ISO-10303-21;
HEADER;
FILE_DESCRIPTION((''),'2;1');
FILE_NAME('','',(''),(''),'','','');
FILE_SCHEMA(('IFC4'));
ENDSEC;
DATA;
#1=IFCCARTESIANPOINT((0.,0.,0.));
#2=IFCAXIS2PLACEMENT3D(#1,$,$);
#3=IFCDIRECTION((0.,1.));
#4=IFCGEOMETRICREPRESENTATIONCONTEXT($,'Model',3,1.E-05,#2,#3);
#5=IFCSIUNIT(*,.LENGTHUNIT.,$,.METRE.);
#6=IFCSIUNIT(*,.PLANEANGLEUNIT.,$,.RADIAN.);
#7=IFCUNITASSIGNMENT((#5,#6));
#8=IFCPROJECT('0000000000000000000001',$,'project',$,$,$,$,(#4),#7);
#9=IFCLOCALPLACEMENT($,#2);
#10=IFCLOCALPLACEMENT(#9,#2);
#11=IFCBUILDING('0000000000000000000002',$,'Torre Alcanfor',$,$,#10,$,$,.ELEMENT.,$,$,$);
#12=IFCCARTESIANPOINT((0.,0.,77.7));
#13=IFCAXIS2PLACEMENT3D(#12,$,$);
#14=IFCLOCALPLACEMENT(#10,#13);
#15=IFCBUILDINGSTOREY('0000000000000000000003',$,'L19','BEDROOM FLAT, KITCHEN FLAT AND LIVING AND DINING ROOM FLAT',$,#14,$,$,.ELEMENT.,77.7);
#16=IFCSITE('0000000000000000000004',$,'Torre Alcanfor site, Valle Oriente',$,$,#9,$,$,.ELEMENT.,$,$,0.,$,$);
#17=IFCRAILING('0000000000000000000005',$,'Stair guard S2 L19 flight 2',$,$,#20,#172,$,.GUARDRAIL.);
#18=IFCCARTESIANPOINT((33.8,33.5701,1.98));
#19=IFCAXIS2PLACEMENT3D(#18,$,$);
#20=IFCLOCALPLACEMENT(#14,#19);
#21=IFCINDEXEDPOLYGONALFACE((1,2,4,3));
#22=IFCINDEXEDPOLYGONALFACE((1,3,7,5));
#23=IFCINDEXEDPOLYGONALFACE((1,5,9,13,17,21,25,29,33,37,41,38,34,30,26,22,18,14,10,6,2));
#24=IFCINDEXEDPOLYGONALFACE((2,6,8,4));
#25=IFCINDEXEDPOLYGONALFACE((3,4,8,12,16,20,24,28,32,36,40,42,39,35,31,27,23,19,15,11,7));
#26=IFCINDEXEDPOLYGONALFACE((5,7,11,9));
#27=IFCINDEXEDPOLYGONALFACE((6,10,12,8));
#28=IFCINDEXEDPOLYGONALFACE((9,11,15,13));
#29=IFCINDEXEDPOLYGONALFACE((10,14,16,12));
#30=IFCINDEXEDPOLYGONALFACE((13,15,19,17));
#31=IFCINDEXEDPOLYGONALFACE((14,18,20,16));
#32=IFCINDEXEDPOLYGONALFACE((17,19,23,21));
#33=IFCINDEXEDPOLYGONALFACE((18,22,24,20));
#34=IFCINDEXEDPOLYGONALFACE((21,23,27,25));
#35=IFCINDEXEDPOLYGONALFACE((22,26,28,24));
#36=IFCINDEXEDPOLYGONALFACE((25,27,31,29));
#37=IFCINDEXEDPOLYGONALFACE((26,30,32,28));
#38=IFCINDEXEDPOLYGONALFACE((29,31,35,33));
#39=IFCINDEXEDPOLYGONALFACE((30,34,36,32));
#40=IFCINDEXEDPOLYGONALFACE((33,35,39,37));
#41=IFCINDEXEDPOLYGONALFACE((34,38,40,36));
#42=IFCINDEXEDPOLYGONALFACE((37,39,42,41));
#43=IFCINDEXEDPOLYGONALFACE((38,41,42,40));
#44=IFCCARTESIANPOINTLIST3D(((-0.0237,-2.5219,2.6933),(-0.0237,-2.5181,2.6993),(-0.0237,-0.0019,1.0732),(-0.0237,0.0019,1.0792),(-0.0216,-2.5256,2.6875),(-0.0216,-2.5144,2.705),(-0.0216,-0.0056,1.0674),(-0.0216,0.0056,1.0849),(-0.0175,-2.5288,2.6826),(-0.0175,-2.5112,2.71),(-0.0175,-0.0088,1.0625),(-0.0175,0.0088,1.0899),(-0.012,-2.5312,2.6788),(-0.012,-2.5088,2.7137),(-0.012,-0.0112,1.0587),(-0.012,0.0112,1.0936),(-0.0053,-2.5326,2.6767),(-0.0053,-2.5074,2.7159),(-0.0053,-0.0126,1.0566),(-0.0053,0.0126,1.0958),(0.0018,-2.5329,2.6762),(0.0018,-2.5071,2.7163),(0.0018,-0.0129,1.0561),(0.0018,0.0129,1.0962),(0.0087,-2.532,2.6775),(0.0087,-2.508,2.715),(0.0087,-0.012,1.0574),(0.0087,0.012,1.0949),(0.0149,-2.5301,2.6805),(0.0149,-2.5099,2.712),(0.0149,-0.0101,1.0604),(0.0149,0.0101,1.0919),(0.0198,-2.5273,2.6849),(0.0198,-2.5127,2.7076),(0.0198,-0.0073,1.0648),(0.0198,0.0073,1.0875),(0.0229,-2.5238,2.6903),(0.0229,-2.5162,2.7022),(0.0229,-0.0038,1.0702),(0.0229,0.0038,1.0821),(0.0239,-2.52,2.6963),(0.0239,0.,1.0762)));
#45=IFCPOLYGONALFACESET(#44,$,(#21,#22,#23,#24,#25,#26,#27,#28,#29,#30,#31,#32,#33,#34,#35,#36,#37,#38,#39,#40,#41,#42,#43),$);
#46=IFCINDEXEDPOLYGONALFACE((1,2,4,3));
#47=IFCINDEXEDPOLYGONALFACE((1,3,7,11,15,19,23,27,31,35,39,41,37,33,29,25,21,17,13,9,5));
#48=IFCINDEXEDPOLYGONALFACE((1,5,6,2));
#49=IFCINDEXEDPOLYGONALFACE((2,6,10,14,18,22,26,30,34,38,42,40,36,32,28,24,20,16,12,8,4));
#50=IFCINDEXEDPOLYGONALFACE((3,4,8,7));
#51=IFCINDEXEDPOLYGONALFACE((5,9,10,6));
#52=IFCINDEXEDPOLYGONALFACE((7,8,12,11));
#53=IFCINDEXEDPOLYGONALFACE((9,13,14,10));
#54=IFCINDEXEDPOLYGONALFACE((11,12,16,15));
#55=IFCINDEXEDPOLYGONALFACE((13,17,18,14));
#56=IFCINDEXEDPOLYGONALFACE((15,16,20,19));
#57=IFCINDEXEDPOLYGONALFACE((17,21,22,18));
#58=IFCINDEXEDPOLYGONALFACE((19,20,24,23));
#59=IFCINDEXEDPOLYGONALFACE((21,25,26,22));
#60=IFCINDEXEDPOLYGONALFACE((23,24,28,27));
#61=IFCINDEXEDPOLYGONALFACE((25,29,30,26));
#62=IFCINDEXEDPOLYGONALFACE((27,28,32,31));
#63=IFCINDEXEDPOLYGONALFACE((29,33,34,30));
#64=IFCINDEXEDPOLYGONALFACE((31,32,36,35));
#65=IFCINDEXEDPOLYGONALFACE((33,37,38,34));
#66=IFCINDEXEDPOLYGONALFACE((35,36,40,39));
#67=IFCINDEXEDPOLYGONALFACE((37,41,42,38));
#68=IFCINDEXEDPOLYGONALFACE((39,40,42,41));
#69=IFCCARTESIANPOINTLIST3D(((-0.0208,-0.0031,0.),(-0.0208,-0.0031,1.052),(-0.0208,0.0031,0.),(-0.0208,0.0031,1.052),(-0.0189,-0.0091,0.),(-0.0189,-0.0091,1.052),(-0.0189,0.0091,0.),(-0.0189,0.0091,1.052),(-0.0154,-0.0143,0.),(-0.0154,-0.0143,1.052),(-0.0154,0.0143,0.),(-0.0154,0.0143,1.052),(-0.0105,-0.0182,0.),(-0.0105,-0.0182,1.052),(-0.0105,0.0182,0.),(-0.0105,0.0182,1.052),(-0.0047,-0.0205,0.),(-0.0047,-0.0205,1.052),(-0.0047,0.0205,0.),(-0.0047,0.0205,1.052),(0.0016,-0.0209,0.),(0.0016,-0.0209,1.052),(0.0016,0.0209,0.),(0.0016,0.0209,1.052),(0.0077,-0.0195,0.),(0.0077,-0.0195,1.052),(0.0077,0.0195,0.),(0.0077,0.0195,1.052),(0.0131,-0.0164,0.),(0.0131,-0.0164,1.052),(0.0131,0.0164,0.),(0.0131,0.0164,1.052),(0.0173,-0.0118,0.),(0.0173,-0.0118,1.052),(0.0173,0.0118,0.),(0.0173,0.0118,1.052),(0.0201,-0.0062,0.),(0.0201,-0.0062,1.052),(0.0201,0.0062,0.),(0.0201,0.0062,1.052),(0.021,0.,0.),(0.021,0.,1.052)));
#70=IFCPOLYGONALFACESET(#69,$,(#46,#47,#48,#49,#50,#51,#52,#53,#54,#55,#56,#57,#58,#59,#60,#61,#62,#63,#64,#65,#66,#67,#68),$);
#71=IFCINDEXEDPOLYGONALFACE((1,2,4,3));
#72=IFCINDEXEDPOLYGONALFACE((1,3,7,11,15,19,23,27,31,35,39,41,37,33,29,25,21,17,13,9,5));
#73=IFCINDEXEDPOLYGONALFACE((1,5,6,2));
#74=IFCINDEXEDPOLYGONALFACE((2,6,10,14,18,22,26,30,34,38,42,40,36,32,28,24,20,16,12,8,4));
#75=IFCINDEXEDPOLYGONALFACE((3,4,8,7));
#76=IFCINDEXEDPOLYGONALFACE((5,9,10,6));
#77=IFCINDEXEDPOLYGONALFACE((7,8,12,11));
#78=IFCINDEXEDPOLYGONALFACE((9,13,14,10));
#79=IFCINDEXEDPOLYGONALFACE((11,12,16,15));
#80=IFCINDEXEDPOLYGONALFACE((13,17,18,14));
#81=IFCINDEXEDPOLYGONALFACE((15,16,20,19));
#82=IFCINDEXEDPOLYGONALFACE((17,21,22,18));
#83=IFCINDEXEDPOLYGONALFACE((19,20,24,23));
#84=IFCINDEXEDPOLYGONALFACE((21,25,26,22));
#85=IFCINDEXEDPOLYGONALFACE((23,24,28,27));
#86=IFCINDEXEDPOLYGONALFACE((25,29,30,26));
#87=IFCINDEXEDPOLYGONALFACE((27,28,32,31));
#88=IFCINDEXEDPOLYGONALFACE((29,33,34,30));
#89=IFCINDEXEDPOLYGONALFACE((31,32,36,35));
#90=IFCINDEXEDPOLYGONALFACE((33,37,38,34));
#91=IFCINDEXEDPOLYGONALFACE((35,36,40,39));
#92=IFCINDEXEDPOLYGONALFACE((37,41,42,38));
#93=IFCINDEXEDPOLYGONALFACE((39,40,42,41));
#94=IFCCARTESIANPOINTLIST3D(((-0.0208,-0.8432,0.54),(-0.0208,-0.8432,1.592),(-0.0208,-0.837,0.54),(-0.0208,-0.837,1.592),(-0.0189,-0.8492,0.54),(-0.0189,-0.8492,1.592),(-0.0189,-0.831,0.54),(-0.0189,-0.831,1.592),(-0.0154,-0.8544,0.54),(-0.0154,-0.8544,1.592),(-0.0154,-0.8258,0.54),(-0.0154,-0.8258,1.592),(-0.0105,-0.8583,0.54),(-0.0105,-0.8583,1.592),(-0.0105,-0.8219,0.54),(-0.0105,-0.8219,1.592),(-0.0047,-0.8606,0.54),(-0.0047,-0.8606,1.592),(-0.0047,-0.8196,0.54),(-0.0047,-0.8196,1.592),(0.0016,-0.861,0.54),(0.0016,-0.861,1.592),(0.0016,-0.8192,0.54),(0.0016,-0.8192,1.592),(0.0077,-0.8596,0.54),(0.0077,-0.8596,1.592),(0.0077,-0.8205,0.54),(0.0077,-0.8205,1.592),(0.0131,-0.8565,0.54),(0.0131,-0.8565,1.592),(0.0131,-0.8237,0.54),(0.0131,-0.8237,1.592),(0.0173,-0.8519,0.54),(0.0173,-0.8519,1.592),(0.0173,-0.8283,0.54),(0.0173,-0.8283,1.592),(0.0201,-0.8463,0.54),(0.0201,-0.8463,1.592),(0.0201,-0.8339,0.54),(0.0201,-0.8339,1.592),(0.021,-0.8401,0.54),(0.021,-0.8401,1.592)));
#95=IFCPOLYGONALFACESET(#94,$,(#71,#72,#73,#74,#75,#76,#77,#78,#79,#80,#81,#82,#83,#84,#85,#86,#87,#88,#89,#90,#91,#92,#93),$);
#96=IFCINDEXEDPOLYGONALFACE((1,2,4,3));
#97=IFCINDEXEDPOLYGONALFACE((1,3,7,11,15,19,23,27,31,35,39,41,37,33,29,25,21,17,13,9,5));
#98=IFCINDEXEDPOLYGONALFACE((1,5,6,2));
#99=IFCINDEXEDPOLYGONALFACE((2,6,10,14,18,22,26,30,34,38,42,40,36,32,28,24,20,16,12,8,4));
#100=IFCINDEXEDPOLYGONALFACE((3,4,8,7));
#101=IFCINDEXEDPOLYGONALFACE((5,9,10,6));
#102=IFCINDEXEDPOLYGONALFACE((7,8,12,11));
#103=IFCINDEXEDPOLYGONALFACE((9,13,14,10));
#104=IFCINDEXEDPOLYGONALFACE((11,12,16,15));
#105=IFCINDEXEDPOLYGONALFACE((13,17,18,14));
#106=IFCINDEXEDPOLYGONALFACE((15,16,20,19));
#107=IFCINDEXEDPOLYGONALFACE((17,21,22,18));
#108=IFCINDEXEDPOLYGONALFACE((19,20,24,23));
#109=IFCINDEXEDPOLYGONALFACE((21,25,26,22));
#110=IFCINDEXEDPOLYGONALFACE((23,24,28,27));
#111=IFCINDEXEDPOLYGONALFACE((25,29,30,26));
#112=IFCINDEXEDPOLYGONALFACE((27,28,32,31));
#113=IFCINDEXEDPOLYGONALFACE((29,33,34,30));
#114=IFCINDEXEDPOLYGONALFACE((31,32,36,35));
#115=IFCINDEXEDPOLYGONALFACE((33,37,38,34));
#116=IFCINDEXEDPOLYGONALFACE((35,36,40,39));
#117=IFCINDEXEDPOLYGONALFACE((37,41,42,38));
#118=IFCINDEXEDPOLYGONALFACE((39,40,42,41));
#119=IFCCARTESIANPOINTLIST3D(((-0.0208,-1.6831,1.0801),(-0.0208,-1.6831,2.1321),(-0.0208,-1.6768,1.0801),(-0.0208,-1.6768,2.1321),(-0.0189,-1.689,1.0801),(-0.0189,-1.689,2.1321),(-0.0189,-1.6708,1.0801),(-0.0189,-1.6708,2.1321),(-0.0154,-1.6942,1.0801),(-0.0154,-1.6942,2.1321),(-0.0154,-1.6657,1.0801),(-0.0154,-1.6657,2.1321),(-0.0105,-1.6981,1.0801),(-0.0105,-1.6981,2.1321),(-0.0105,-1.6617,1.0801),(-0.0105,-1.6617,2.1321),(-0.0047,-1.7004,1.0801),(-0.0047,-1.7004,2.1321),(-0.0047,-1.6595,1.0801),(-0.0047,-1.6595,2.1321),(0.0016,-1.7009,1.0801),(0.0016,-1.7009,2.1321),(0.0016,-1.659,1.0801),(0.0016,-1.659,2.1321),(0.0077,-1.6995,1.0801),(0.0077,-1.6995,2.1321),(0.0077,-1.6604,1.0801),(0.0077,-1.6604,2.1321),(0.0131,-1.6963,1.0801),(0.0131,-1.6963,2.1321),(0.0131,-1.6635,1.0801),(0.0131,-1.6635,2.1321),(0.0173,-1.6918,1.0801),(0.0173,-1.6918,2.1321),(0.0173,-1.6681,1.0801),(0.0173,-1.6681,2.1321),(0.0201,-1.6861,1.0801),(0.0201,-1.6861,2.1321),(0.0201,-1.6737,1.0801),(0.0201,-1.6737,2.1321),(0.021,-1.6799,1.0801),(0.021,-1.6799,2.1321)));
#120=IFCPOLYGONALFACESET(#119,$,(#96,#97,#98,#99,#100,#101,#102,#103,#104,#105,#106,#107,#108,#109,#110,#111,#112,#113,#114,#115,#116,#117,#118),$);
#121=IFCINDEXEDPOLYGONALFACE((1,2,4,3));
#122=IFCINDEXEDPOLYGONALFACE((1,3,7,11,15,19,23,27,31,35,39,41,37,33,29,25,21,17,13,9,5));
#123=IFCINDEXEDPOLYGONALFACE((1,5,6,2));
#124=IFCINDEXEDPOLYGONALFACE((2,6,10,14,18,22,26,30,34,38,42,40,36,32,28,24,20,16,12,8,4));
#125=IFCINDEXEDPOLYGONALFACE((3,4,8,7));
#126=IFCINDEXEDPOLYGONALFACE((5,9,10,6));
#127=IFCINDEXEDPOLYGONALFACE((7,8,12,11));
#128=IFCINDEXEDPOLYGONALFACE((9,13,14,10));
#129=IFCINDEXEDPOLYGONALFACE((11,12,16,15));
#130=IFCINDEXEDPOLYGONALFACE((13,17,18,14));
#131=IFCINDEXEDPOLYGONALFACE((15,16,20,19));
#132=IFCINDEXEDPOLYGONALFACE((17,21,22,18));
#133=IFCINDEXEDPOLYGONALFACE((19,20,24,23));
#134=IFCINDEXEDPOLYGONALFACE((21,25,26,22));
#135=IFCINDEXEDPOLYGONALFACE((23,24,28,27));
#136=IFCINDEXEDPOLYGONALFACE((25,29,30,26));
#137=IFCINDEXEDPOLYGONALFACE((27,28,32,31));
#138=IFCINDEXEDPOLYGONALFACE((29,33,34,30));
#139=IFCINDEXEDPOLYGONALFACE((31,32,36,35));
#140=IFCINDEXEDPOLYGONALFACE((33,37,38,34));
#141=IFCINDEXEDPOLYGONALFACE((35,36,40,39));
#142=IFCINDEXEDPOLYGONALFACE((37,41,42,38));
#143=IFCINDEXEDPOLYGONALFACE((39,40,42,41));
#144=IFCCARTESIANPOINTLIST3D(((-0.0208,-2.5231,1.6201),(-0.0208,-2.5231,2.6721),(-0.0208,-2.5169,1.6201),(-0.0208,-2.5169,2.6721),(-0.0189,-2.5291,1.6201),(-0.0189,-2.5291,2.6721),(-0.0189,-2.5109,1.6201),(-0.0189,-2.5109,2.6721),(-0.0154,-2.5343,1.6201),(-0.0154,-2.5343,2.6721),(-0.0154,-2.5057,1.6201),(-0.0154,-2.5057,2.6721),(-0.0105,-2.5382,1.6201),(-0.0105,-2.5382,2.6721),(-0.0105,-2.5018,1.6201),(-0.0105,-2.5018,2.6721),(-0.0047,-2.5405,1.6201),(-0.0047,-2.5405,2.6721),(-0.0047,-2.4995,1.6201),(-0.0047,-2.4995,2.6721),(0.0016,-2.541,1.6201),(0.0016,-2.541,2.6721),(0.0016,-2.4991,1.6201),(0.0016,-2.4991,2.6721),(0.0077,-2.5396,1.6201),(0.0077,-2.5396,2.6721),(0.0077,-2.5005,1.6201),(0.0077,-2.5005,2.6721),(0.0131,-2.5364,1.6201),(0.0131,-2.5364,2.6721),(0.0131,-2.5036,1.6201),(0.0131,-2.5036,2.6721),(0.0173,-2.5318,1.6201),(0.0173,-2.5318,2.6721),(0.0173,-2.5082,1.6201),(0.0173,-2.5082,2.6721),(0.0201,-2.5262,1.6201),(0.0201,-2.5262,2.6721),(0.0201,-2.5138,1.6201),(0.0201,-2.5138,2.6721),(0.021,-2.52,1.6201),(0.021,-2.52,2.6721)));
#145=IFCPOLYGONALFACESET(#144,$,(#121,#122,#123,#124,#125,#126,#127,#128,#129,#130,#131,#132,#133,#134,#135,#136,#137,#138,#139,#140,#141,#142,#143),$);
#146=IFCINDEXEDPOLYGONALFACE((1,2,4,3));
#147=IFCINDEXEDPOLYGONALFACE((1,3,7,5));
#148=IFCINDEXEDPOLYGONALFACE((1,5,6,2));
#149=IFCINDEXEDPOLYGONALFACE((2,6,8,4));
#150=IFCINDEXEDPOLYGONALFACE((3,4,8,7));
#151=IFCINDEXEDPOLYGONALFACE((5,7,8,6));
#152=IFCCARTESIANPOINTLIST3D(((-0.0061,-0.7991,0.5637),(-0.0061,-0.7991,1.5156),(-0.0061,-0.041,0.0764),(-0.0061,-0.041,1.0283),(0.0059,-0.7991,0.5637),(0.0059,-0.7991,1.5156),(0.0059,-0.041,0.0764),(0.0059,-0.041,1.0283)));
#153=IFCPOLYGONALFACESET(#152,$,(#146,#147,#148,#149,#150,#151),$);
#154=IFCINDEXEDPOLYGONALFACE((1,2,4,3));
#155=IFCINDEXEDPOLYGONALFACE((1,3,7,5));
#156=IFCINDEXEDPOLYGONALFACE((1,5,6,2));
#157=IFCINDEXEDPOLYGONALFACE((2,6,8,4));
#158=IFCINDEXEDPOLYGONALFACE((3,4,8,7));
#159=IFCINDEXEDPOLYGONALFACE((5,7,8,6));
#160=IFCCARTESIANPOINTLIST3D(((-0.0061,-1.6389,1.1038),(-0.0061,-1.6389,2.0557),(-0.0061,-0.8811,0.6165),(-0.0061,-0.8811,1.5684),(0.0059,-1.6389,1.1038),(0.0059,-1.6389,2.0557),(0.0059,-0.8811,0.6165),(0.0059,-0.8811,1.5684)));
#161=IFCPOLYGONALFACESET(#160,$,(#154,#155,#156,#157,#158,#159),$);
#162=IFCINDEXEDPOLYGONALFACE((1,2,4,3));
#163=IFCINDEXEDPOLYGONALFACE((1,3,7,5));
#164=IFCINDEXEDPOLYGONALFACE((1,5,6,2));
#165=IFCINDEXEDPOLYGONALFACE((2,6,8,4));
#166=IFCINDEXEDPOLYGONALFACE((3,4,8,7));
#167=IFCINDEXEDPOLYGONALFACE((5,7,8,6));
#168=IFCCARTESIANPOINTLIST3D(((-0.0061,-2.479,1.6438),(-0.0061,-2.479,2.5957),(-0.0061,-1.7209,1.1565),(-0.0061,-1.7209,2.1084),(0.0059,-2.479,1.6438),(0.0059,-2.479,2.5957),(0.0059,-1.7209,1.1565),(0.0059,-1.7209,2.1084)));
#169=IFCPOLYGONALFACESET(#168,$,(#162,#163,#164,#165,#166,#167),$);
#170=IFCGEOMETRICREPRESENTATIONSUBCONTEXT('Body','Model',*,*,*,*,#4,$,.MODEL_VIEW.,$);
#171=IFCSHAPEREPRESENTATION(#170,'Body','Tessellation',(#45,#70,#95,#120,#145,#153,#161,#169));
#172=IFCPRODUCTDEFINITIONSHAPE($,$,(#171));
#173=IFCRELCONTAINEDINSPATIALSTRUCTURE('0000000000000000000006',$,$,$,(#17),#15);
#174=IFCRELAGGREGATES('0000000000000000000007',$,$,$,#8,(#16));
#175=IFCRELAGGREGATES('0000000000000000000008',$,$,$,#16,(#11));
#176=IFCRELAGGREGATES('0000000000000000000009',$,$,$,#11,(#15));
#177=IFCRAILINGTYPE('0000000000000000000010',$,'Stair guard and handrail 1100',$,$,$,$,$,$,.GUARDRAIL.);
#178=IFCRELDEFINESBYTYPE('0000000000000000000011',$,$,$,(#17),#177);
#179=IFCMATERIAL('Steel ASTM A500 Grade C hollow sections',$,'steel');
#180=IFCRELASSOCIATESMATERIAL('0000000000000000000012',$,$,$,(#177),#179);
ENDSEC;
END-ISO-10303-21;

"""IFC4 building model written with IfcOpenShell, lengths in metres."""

from ifc_helpers import new_model, si_unit, direction, frame, origin, origin_2d, place, context, subcontext, project, spatial, polyline, circle, outline, extrude, material, type_object, element, save


model = new_model("IFC4")

# Units and contexts
model_context = context("Model", 3, precision=1e-05, world=origin(), true_north=direction((0.0, 1.0)))
body_context = subcontext(model_context, "Body", "Model", "MODEL_VIEW")
ifc_project = project(units=[si_unit("LENGTHUNIT", "METRE"), si_unit("PLANEANGLEUNIT", "RADIAN")], contexts=[model_context])

# Site, building, storey
site_placement = place(None, origin())
site = spatial("IfcSite", under=ifc_project, at=site_placement, Name="Torre Alcanfor site, Valle Oriente", CompositionType="ELEMENT", RefElevation=0.0)
building_placement = place(site_placement, origin())
building = spatial("IfcBuilding", under=site, at=building_placement, Name="Torre Alcanfor", CompositionType="ELEMENT")
storey_placement = place(building_placement, frame((0.0, 0.0, 77.7)))
storey = spatial("IfcBuildingStorey", under=building, at=storey_placement, Name="L19", Description="BEDROOM FLAT, KITCHEN FLAT AND LIVING AND DINING ROOM FLAT", CompositionType="ELEMENT", Elevation=77.7)

# Railing
ifc_material_1 = material(Name="Steel ASTM A500 Grade C hollow sections", Category="steel")
railing_type_1 = type_object("IfcRailingType", Name="Stair guard and handrail 1100", PredefinedType="GUARDRAIL", material=ifc_material_1)
railing_1_placement = place(storey_placement, frame((33.8, 33.5701, 1.98)))
element("IfcRailing", 1, at=railing_1_placement, inside=storey, type_object=railing_type_1, Name="Stair guard S2 L19 flight 2", PredefinedType="GUARDRAIL", context=body_context, shape_type="SweptSolid", body=[
    extrude(circle(Radius=0.0239, at=origin_2d()), frame((0.0, 0.0, 1.0762), z_axis=(0.0, -0.841163, 0.540782), x_axis=(1.0, 0.0, 0.0)), (0.0, 0.0, 1.0), 2.9958),
    extrude(circle(Radius=0.021, at=origin_2d()), origin(), (0.0, 0.0, 1.0), 1.052),
    extrude(circle(Radius=0.021, at=origin_2d()), frame((0.0, -0.8401, 0.54)), (0.0, 0.0, 1.0), 1.052),
    extrude(circle(Radius=0.021, at=origin_2d()), frame((0.0, -1.6799, 1.0801)), (0.0, 0.0, 1.0), 1.052),
    extrude(circle(Radius=0.021, at=origin_2d()), frame((0.0, -2.52, 1.6201)), (0.0, 0.0, 1.0), 1.052),
    extrude(outline(polyline([(0.041, 0.0764), (0.7991, 0.5637), (0.7991, 1.5156), (0.041, 1.0283), (0.041, 0.0764)])), frame((0.0059, 0.0, 0.0), z_axis=(-1.0, 0.0, 0.0), x_axis=(0.0, -1.0, 0.0)), (0.0, 0.0, 1.0), 0.012),
    extrude(outline(polyline([(0.8811, 0.6165), (1.6389, 1.1038), (1.6389, 2.0557), (0.8811, 1.5684), (0.8811, 0.6165)])), frame((0.0059, 0.0, 0.0), z_axis=(-1.0, 0.0, 0.0), x_axis=(0.0, -1.0, 0.0)), (0.0, 0.0, 1.0), 0.012),
    extrude(outline(polyline([(1.7209, 1.1565), (2.479, 1.6438), (2.479, 2.5957), (1.7209, 2.1084), (1.7209, 1.1565)])), frame((0.0059, 0.0, 0.0), z_axis=(-1.0, 0.0, 0.0), x_axis=(0.0, -1.0, 0.0)), (0.0, 0.0, 1.0), 0.012),
])

save(model, "model.ifc")
